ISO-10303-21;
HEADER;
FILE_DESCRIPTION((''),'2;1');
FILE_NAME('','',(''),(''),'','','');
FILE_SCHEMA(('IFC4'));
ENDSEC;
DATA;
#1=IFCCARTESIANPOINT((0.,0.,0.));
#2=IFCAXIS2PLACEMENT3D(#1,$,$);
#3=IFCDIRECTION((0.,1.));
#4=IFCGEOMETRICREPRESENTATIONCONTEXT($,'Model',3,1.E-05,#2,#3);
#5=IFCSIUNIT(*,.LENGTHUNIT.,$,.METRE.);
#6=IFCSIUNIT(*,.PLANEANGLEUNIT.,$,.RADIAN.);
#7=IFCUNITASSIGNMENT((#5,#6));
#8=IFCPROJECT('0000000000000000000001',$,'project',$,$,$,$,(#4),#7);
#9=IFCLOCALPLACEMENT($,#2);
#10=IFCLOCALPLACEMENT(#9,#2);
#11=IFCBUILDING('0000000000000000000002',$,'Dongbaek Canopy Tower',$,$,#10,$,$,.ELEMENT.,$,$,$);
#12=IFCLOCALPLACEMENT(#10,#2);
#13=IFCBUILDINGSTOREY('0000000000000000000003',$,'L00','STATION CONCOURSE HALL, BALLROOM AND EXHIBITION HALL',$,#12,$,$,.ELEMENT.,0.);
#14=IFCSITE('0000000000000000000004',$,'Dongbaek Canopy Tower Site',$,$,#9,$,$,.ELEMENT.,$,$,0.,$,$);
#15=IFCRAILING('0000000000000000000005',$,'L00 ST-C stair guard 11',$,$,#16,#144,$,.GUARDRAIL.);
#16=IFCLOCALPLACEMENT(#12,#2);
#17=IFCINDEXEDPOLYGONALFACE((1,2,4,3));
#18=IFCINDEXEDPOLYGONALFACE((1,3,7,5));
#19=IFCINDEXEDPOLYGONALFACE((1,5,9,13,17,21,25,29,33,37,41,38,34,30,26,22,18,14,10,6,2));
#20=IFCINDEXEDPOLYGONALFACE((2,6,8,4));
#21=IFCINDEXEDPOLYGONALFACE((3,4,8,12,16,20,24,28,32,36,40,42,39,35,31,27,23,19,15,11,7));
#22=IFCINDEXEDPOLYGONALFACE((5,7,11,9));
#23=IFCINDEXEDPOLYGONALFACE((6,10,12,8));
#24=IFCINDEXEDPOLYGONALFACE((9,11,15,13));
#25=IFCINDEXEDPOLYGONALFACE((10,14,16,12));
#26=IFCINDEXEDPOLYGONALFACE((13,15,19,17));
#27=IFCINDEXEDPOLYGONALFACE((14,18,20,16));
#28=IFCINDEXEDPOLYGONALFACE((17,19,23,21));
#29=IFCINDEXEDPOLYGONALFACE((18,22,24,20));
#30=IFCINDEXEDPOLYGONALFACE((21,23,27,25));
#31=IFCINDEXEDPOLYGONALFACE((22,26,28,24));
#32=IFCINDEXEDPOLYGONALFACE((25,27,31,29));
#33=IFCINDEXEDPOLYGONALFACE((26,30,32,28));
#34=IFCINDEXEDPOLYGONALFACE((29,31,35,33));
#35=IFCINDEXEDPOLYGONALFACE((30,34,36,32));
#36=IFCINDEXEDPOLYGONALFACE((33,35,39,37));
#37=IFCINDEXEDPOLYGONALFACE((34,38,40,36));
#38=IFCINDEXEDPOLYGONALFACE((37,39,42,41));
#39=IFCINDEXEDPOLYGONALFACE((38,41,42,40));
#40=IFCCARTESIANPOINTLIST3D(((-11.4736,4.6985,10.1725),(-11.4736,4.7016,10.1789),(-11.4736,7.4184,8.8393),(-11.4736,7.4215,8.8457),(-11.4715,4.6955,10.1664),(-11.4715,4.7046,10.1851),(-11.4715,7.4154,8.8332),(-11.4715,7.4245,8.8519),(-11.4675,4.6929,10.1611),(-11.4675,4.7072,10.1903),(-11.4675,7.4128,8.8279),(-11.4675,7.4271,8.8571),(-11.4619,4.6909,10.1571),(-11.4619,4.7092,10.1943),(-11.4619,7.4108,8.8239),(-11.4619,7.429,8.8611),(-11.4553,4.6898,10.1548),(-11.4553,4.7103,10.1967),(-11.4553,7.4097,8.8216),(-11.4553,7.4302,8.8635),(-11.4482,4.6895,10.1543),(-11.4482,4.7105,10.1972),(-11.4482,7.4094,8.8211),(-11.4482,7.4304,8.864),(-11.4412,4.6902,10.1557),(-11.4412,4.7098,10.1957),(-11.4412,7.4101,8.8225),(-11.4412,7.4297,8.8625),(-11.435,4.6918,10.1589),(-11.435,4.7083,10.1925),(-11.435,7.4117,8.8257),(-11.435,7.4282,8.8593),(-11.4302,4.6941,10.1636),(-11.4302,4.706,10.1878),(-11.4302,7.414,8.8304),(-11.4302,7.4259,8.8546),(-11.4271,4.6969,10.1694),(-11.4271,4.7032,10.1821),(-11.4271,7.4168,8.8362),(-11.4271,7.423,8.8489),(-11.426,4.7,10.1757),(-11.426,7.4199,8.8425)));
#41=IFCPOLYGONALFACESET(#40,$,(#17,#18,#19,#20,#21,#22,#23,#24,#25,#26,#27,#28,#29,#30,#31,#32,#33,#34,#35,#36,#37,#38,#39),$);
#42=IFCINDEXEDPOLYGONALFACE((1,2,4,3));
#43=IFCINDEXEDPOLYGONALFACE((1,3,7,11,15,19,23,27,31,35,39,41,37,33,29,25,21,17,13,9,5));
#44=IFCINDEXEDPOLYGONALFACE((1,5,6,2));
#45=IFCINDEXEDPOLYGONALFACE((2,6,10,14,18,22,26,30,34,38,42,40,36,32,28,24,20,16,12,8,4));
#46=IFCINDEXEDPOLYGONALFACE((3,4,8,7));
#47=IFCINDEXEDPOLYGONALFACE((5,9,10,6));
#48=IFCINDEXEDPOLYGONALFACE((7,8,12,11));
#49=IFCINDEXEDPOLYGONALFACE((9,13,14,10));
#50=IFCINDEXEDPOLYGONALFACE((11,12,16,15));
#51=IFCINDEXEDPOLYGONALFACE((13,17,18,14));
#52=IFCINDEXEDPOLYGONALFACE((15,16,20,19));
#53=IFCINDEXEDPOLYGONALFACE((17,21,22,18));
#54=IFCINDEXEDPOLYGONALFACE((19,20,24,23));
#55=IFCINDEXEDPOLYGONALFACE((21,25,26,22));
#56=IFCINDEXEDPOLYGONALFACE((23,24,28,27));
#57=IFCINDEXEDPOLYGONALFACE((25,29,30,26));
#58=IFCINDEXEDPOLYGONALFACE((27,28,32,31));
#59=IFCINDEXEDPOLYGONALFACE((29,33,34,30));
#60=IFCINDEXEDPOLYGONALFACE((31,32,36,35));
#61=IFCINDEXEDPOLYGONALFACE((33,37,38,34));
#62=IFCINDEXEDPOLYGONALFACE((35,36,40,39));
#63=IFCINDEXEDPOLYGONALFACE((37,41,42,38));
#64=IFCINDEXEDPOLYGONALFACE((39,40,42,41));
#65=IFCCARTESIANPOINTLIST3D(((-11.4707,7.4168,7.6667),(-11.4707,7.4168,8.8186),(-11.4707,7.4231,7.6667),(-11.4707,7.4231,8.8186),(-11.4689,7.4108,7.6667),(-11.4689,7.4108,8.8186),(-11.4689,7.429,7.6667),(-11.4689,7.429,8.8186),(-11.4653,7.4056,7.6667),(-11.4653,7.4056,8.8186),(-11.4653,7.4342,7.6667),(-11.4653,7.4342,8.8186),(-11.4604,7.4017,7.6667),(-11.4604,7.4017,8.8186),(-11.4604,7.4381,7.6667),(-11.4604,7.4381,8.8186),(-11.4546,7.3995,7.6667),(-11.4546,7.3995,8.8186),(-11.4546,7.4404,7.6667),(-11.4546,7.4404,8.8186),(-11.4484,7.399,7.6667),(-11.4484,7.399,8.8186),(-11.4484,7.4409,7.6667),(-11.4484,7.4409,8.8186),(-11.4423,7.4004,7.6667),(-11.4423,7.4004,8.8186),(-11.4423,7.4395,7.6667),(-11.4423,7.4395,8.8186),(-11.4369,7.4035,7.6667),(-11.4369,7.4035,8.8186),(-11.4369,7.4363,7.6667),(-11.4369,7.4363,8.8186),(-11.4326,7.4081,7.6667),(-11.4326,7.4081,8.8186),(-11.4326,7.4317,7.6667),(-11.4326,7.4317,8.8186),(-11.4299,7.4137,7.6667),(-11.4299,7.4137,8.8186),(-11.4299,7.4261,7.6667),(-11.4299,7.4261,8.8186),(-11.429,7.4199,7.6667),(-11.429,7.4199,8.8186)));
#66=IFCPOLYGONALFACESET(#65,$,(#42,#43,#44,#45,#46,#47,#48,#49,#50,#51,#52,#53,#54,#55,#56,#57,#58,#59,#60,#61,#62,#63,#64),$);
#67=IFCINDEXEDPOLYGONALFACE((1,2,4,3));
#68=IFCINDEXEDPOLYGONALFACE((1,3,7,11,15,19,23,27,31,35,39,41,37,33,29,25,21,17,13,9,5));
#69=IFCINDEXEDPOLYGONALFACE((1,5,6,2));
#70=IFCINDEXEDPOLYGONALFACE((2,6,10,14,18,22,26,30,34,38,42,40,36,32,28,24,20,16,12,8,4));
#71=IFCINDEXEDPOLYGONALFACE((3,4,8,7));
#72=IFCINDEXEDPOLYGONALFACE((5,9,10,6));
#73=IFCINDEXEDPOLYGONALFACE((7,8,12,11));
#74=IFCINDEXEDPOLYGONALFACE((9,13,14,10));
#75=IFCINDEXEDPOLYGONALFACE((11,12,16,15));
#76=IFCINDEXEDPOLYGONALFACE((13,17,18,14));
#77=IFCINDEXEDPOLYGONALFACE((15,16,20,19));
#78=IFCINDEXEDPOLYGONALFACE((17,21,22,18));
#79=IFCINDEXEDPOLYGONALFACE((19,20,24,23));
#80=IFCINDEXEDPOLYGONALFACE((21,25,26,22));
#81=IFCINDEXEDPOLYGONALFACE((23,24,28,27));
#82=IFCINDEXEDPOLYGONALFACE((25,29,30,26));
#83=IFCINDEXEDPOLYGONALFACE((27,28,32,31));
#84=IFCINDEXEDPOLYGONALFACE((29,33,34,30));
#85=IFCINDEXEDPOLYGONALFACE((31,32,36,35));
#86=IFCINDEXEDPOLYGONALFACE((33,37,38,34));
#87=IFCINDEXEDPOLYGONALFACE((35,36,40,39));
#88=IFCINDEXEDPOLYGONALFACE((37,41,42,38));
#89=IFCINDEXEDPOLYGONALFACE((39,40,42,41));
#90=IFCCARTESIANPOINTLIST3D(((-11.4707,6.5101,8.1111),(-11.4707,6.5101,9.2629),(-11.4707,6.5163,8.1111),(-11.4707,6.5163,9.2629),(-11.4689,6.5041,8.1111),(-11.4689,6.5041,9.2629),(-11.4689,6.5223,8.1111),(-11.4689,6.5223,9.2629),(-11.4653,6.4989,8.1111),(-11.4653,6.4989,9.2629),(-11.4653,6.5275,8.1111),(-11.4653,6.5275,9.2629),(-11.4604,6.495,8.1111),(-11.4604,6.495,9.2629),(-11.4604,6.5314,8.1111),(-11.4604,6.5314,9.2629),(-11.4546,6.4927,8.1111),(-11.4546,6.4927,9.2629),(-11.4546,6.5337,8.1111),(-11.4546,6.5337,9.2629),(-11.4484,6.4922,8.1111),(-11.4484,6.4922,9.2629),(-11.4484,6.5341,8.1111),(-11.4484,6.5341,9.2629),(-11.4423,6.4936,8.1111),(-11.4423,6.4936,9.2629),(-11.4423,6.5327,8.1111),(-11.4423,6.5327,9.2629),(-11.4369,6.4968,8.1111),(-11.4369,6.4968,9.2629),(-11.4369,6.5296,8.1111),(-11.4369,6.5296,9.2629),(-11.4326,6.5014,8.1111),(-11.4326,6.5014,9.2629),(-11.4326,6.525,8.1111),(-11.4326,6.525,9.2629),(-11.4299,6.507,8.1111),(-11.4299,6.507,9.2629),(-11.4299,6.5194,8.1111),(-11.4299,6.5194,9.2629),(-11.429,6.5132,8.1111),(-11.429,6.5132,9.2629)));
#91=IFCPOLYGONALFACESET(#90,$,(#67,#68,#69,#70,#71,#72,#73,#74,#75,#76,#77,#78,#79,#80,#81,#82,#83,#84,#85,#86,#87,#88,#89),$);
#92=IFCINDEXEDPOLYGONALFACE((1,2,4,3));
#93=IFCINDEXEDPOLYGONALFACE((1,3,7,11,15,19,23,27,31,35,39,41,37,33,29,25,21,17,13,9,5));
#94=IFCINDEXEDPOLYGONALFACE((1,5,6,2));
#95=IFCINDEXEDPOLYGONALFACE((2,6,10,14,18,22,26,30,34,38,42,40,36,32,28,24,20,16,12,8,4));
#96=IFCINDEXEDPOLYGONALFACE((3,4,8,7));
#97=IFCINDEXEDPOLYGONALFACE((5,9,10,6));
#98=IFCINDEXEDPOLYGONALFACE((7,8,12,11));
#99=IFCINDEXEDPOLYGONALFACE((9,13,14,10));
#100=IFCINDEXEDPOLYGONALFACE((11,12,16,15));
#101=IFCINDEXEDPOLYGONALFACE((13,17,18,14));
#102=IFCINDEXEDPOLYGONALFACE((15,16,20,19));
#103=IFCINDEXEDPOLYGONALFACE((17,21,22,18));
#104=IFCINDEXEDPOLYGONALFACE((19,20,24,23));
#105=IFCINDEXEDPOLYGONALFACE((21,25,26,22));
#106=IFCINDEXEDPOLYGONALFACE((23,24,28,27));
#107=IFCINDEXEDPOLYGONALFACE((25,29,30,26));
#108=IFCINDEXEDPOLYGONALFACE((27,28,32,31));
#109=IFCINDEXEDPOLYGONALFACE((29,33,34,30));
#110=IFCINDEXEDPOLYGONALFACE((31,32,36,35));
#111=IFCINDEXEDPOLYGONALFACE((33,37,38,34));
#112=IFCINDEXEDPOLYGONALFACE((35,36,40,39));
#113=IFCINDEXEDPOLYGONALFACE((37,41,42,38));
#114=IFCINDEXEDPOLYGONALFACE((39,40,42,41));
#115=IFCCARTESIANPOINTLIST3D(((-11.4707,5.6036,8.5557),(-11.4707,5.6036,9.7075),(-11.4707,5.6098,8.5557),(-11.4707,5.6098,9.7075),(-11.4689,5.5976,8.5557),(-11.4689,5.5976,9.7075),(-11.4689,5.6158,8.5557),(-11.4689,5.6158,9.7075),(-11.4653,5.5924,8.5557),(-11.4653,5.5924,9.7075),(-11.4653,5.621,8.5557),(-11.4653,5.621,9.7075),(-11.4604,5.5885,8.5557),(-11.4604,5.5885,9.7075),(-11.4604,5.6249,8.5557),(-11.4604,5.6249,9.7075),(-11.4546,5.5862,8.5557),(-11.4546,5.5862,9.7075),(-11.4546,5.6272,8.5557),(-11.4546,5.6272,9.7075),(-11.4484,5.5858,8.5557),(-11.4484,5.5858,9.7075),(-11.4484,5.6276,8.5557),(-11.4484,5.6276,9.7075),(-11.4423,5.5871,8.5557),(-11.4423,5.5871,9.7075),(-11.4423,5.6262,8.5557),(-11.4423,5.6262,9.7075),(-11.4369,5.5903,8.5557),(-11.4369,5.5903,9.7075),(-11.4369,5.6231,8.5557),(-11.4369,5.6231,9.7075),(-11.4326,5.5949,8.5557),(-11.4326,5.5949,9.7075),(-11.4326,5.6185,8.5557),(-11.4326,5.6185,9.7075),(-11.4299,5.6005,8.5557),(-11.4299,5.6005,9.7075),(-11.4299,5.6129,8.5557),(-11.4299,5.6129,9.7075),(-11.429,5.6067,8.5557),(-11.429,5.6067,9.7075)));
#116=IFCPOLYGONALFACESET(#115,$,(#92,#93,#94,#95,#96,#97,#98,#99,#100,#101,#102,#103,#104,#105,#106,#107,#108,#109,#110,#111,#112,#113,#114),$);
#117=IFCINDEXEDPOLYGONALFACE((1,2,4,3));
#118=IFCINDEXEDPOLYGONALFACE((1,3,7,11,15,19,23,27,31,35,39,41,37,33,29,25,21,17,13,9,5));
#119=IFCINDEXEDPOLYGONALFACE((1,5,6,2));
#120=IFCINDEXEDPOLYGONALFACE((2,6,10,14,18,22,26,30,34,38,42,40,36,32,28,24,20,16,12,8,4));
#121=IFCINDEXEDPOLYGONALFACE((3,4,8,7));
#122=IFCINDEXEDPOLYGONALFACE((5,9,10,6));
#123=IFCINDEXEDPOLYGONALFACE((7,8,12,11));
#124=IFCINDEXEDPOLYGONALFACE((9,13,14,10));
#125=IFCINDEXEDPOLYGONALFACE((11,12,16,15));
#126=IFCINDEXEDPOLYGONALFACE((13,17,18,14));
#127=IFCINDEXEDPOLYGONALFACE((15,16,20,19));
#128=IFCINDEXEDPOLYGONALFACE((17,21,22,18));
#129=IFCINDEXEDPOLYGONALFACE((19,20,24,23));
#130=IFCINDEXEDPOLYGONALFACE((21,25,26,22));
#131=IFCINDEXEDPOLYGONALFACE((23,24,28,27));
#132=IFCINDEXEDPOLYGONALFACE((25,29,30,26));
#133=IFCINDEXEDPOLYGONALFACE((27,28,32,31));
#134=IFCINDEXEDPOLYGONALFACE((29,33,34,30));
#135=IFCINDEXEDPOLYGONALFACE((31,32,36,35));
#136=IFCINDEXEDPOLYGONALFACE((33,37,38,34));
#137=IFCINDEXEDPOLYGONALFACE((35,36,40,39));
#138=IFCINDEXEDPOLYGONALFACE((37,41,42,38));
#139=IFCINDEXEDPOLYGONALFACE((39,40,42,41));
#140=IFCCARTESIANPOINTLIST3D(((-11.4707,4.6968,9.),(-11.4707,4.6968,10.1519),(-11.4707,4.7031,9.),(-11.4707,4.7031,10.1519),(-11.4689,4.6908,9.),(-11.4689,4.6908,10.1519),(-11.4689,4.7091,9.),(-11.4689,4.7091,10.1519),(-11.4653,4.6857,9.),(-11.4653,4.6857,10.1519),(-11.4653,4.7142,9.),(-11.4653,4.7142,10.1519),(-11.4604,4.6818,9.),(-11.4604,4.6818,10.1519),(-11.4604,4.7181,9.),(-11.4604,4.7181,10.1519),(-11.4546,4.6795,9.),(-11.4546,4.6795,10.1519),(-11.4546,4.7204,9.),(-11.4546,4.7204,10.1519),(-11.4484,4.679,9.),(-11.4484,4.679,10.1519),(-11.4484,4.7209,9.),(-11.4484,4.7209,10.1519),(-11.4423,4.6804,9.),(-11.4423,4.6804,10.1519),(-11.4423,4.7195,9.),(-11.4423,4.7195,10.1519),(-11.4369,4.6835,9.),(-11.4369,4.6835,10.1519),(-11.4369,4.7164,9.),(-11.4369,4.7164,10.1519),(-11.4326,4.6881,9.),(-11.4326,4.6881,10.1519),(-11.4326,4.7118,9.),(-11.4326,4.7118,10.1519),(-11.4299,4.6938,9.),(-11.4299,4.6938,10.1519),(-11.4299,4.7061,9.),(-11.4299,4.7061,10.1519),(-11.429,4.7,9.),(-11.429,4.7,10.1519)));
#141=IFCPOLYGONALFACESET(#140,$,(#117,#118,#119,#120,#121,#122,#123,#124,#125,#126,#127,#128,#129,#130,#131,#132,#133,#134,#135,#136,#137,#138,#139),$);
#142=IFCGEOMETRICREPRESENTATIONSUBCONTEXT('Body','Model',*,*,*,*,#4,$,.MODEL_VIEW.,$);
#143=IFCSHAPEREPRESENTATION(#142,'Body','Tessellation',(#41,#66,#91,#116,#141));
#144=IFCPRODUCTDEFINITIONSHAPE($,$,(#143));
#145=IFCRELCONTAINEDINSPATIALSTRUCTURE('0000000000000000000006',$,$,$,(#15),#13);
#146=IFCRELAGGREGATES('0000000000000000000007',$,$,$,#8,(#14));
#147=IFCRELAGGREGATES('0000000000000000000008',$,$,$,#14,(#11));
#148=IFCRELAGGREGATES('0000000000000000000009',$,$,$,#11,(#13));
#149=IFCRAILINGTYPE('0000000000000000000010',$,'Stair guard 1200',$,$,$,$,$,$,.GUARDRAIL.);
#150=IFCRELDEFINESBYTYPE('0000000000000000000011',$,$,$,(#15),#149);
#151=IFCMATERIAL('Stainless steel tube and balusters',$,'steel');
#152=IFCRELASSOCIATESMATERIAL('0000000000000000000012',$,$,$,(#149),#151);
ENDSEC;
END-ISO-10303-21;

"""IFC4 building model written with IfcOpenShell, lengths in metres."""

from ifc_helpers import new_model, si_unit, direction, frame, origin, origin_2d, place, context, subcontext, project, spatial, circle, extrude, material, type_object, element, save


model = new_model("IFC4")

# Units and contexts
model_context = context("Model", 3, precision=1e-05, world=origin(), true_north=direction((0.0, 1.0)))
body_context = subcontext(model_context, "Body", "Model", "MODEL_VIEW")
ifc_project = project(units=[si_unit("LENGTHUNIT", "METRE"), si_unit("PLANEANGLEUNIT", "RADIAN")], contexts=[model_context])

# Site, building, storey
site_placement = place(None, origin())
site = spatial("IfcSite", under=ifc_project, at=site_placement, Name="Dongbaek Canopy Tower Site", CompositionType="ELEMENT", RefElevation=0.0)
building_placement = place(site_placement, origin())
building = spatial("IfcBuilding", under=site, at=building_placement, Name="Dongbaek Canopy Tower", CompositionType="ELEMENT")
storey_placement = place(building_placement, origin())
storey = spatial("IfcBuildingStorey", under=building, at=storey_placement, Name="L00", Description="STATION CONCOURSE HALL, BALLROOM AND EXHIBITION HALL", CompositionType="ELEMENT", Elevation=0.0)

# Railing
ifc_material_1 = material(Name="Stainless steel tube and balusters", Category="steel")
railing_type_1 = type_object("IfcRailingType", Name="Stair guard 1200", PredefinedType="GUARDRAIL", material=ifc_material_1)
railing_1_placement = place(storey_placement, frame((-11.45, 7.4199, 7.6667)))
element("IfcRailing", 1, at=railing_1_placement, inside=storey, type_object=railing_type_1, Name="L00 ST-C stair guard 11", PredefinedType="GUARDRAIL", context=body_context, shape_type="SweptSolid", body=[
    extrude(circle(Radius=0.0239, at=origin_2d()), frame((0.0, 0.0, 1.1758), z_axis=(0.0, -0.897929, 0.440139), x_axis=(1.0, 0.0, 0.0)), (0.0, 0.0, 1.0), 3.0291),
    extrude(circle(Radius=0.021, at=origin_2d()), origin(), (0.0, 0.0, 1.0), 1.1519),
    extrude(circle(Radius=0.021, at=origin_2d()), frame((0.0, -0.9067, 0.4443)), (0.0, 0.0, 1.0), 1.1519),
    extrude(circle(Radius=0.021, at=origin_2d()), frame((0.0, -1.8132, 0.8889)), (0.0, 0.0, 1.0), 1.1519),
    extrude(circle(Radius=0.021, at=origin_2d()), frame((0.0, -2.72, 1.3333)), (0.0, 0.0, 1.0), 1.1519),
])

save(model, "model.ifc")
